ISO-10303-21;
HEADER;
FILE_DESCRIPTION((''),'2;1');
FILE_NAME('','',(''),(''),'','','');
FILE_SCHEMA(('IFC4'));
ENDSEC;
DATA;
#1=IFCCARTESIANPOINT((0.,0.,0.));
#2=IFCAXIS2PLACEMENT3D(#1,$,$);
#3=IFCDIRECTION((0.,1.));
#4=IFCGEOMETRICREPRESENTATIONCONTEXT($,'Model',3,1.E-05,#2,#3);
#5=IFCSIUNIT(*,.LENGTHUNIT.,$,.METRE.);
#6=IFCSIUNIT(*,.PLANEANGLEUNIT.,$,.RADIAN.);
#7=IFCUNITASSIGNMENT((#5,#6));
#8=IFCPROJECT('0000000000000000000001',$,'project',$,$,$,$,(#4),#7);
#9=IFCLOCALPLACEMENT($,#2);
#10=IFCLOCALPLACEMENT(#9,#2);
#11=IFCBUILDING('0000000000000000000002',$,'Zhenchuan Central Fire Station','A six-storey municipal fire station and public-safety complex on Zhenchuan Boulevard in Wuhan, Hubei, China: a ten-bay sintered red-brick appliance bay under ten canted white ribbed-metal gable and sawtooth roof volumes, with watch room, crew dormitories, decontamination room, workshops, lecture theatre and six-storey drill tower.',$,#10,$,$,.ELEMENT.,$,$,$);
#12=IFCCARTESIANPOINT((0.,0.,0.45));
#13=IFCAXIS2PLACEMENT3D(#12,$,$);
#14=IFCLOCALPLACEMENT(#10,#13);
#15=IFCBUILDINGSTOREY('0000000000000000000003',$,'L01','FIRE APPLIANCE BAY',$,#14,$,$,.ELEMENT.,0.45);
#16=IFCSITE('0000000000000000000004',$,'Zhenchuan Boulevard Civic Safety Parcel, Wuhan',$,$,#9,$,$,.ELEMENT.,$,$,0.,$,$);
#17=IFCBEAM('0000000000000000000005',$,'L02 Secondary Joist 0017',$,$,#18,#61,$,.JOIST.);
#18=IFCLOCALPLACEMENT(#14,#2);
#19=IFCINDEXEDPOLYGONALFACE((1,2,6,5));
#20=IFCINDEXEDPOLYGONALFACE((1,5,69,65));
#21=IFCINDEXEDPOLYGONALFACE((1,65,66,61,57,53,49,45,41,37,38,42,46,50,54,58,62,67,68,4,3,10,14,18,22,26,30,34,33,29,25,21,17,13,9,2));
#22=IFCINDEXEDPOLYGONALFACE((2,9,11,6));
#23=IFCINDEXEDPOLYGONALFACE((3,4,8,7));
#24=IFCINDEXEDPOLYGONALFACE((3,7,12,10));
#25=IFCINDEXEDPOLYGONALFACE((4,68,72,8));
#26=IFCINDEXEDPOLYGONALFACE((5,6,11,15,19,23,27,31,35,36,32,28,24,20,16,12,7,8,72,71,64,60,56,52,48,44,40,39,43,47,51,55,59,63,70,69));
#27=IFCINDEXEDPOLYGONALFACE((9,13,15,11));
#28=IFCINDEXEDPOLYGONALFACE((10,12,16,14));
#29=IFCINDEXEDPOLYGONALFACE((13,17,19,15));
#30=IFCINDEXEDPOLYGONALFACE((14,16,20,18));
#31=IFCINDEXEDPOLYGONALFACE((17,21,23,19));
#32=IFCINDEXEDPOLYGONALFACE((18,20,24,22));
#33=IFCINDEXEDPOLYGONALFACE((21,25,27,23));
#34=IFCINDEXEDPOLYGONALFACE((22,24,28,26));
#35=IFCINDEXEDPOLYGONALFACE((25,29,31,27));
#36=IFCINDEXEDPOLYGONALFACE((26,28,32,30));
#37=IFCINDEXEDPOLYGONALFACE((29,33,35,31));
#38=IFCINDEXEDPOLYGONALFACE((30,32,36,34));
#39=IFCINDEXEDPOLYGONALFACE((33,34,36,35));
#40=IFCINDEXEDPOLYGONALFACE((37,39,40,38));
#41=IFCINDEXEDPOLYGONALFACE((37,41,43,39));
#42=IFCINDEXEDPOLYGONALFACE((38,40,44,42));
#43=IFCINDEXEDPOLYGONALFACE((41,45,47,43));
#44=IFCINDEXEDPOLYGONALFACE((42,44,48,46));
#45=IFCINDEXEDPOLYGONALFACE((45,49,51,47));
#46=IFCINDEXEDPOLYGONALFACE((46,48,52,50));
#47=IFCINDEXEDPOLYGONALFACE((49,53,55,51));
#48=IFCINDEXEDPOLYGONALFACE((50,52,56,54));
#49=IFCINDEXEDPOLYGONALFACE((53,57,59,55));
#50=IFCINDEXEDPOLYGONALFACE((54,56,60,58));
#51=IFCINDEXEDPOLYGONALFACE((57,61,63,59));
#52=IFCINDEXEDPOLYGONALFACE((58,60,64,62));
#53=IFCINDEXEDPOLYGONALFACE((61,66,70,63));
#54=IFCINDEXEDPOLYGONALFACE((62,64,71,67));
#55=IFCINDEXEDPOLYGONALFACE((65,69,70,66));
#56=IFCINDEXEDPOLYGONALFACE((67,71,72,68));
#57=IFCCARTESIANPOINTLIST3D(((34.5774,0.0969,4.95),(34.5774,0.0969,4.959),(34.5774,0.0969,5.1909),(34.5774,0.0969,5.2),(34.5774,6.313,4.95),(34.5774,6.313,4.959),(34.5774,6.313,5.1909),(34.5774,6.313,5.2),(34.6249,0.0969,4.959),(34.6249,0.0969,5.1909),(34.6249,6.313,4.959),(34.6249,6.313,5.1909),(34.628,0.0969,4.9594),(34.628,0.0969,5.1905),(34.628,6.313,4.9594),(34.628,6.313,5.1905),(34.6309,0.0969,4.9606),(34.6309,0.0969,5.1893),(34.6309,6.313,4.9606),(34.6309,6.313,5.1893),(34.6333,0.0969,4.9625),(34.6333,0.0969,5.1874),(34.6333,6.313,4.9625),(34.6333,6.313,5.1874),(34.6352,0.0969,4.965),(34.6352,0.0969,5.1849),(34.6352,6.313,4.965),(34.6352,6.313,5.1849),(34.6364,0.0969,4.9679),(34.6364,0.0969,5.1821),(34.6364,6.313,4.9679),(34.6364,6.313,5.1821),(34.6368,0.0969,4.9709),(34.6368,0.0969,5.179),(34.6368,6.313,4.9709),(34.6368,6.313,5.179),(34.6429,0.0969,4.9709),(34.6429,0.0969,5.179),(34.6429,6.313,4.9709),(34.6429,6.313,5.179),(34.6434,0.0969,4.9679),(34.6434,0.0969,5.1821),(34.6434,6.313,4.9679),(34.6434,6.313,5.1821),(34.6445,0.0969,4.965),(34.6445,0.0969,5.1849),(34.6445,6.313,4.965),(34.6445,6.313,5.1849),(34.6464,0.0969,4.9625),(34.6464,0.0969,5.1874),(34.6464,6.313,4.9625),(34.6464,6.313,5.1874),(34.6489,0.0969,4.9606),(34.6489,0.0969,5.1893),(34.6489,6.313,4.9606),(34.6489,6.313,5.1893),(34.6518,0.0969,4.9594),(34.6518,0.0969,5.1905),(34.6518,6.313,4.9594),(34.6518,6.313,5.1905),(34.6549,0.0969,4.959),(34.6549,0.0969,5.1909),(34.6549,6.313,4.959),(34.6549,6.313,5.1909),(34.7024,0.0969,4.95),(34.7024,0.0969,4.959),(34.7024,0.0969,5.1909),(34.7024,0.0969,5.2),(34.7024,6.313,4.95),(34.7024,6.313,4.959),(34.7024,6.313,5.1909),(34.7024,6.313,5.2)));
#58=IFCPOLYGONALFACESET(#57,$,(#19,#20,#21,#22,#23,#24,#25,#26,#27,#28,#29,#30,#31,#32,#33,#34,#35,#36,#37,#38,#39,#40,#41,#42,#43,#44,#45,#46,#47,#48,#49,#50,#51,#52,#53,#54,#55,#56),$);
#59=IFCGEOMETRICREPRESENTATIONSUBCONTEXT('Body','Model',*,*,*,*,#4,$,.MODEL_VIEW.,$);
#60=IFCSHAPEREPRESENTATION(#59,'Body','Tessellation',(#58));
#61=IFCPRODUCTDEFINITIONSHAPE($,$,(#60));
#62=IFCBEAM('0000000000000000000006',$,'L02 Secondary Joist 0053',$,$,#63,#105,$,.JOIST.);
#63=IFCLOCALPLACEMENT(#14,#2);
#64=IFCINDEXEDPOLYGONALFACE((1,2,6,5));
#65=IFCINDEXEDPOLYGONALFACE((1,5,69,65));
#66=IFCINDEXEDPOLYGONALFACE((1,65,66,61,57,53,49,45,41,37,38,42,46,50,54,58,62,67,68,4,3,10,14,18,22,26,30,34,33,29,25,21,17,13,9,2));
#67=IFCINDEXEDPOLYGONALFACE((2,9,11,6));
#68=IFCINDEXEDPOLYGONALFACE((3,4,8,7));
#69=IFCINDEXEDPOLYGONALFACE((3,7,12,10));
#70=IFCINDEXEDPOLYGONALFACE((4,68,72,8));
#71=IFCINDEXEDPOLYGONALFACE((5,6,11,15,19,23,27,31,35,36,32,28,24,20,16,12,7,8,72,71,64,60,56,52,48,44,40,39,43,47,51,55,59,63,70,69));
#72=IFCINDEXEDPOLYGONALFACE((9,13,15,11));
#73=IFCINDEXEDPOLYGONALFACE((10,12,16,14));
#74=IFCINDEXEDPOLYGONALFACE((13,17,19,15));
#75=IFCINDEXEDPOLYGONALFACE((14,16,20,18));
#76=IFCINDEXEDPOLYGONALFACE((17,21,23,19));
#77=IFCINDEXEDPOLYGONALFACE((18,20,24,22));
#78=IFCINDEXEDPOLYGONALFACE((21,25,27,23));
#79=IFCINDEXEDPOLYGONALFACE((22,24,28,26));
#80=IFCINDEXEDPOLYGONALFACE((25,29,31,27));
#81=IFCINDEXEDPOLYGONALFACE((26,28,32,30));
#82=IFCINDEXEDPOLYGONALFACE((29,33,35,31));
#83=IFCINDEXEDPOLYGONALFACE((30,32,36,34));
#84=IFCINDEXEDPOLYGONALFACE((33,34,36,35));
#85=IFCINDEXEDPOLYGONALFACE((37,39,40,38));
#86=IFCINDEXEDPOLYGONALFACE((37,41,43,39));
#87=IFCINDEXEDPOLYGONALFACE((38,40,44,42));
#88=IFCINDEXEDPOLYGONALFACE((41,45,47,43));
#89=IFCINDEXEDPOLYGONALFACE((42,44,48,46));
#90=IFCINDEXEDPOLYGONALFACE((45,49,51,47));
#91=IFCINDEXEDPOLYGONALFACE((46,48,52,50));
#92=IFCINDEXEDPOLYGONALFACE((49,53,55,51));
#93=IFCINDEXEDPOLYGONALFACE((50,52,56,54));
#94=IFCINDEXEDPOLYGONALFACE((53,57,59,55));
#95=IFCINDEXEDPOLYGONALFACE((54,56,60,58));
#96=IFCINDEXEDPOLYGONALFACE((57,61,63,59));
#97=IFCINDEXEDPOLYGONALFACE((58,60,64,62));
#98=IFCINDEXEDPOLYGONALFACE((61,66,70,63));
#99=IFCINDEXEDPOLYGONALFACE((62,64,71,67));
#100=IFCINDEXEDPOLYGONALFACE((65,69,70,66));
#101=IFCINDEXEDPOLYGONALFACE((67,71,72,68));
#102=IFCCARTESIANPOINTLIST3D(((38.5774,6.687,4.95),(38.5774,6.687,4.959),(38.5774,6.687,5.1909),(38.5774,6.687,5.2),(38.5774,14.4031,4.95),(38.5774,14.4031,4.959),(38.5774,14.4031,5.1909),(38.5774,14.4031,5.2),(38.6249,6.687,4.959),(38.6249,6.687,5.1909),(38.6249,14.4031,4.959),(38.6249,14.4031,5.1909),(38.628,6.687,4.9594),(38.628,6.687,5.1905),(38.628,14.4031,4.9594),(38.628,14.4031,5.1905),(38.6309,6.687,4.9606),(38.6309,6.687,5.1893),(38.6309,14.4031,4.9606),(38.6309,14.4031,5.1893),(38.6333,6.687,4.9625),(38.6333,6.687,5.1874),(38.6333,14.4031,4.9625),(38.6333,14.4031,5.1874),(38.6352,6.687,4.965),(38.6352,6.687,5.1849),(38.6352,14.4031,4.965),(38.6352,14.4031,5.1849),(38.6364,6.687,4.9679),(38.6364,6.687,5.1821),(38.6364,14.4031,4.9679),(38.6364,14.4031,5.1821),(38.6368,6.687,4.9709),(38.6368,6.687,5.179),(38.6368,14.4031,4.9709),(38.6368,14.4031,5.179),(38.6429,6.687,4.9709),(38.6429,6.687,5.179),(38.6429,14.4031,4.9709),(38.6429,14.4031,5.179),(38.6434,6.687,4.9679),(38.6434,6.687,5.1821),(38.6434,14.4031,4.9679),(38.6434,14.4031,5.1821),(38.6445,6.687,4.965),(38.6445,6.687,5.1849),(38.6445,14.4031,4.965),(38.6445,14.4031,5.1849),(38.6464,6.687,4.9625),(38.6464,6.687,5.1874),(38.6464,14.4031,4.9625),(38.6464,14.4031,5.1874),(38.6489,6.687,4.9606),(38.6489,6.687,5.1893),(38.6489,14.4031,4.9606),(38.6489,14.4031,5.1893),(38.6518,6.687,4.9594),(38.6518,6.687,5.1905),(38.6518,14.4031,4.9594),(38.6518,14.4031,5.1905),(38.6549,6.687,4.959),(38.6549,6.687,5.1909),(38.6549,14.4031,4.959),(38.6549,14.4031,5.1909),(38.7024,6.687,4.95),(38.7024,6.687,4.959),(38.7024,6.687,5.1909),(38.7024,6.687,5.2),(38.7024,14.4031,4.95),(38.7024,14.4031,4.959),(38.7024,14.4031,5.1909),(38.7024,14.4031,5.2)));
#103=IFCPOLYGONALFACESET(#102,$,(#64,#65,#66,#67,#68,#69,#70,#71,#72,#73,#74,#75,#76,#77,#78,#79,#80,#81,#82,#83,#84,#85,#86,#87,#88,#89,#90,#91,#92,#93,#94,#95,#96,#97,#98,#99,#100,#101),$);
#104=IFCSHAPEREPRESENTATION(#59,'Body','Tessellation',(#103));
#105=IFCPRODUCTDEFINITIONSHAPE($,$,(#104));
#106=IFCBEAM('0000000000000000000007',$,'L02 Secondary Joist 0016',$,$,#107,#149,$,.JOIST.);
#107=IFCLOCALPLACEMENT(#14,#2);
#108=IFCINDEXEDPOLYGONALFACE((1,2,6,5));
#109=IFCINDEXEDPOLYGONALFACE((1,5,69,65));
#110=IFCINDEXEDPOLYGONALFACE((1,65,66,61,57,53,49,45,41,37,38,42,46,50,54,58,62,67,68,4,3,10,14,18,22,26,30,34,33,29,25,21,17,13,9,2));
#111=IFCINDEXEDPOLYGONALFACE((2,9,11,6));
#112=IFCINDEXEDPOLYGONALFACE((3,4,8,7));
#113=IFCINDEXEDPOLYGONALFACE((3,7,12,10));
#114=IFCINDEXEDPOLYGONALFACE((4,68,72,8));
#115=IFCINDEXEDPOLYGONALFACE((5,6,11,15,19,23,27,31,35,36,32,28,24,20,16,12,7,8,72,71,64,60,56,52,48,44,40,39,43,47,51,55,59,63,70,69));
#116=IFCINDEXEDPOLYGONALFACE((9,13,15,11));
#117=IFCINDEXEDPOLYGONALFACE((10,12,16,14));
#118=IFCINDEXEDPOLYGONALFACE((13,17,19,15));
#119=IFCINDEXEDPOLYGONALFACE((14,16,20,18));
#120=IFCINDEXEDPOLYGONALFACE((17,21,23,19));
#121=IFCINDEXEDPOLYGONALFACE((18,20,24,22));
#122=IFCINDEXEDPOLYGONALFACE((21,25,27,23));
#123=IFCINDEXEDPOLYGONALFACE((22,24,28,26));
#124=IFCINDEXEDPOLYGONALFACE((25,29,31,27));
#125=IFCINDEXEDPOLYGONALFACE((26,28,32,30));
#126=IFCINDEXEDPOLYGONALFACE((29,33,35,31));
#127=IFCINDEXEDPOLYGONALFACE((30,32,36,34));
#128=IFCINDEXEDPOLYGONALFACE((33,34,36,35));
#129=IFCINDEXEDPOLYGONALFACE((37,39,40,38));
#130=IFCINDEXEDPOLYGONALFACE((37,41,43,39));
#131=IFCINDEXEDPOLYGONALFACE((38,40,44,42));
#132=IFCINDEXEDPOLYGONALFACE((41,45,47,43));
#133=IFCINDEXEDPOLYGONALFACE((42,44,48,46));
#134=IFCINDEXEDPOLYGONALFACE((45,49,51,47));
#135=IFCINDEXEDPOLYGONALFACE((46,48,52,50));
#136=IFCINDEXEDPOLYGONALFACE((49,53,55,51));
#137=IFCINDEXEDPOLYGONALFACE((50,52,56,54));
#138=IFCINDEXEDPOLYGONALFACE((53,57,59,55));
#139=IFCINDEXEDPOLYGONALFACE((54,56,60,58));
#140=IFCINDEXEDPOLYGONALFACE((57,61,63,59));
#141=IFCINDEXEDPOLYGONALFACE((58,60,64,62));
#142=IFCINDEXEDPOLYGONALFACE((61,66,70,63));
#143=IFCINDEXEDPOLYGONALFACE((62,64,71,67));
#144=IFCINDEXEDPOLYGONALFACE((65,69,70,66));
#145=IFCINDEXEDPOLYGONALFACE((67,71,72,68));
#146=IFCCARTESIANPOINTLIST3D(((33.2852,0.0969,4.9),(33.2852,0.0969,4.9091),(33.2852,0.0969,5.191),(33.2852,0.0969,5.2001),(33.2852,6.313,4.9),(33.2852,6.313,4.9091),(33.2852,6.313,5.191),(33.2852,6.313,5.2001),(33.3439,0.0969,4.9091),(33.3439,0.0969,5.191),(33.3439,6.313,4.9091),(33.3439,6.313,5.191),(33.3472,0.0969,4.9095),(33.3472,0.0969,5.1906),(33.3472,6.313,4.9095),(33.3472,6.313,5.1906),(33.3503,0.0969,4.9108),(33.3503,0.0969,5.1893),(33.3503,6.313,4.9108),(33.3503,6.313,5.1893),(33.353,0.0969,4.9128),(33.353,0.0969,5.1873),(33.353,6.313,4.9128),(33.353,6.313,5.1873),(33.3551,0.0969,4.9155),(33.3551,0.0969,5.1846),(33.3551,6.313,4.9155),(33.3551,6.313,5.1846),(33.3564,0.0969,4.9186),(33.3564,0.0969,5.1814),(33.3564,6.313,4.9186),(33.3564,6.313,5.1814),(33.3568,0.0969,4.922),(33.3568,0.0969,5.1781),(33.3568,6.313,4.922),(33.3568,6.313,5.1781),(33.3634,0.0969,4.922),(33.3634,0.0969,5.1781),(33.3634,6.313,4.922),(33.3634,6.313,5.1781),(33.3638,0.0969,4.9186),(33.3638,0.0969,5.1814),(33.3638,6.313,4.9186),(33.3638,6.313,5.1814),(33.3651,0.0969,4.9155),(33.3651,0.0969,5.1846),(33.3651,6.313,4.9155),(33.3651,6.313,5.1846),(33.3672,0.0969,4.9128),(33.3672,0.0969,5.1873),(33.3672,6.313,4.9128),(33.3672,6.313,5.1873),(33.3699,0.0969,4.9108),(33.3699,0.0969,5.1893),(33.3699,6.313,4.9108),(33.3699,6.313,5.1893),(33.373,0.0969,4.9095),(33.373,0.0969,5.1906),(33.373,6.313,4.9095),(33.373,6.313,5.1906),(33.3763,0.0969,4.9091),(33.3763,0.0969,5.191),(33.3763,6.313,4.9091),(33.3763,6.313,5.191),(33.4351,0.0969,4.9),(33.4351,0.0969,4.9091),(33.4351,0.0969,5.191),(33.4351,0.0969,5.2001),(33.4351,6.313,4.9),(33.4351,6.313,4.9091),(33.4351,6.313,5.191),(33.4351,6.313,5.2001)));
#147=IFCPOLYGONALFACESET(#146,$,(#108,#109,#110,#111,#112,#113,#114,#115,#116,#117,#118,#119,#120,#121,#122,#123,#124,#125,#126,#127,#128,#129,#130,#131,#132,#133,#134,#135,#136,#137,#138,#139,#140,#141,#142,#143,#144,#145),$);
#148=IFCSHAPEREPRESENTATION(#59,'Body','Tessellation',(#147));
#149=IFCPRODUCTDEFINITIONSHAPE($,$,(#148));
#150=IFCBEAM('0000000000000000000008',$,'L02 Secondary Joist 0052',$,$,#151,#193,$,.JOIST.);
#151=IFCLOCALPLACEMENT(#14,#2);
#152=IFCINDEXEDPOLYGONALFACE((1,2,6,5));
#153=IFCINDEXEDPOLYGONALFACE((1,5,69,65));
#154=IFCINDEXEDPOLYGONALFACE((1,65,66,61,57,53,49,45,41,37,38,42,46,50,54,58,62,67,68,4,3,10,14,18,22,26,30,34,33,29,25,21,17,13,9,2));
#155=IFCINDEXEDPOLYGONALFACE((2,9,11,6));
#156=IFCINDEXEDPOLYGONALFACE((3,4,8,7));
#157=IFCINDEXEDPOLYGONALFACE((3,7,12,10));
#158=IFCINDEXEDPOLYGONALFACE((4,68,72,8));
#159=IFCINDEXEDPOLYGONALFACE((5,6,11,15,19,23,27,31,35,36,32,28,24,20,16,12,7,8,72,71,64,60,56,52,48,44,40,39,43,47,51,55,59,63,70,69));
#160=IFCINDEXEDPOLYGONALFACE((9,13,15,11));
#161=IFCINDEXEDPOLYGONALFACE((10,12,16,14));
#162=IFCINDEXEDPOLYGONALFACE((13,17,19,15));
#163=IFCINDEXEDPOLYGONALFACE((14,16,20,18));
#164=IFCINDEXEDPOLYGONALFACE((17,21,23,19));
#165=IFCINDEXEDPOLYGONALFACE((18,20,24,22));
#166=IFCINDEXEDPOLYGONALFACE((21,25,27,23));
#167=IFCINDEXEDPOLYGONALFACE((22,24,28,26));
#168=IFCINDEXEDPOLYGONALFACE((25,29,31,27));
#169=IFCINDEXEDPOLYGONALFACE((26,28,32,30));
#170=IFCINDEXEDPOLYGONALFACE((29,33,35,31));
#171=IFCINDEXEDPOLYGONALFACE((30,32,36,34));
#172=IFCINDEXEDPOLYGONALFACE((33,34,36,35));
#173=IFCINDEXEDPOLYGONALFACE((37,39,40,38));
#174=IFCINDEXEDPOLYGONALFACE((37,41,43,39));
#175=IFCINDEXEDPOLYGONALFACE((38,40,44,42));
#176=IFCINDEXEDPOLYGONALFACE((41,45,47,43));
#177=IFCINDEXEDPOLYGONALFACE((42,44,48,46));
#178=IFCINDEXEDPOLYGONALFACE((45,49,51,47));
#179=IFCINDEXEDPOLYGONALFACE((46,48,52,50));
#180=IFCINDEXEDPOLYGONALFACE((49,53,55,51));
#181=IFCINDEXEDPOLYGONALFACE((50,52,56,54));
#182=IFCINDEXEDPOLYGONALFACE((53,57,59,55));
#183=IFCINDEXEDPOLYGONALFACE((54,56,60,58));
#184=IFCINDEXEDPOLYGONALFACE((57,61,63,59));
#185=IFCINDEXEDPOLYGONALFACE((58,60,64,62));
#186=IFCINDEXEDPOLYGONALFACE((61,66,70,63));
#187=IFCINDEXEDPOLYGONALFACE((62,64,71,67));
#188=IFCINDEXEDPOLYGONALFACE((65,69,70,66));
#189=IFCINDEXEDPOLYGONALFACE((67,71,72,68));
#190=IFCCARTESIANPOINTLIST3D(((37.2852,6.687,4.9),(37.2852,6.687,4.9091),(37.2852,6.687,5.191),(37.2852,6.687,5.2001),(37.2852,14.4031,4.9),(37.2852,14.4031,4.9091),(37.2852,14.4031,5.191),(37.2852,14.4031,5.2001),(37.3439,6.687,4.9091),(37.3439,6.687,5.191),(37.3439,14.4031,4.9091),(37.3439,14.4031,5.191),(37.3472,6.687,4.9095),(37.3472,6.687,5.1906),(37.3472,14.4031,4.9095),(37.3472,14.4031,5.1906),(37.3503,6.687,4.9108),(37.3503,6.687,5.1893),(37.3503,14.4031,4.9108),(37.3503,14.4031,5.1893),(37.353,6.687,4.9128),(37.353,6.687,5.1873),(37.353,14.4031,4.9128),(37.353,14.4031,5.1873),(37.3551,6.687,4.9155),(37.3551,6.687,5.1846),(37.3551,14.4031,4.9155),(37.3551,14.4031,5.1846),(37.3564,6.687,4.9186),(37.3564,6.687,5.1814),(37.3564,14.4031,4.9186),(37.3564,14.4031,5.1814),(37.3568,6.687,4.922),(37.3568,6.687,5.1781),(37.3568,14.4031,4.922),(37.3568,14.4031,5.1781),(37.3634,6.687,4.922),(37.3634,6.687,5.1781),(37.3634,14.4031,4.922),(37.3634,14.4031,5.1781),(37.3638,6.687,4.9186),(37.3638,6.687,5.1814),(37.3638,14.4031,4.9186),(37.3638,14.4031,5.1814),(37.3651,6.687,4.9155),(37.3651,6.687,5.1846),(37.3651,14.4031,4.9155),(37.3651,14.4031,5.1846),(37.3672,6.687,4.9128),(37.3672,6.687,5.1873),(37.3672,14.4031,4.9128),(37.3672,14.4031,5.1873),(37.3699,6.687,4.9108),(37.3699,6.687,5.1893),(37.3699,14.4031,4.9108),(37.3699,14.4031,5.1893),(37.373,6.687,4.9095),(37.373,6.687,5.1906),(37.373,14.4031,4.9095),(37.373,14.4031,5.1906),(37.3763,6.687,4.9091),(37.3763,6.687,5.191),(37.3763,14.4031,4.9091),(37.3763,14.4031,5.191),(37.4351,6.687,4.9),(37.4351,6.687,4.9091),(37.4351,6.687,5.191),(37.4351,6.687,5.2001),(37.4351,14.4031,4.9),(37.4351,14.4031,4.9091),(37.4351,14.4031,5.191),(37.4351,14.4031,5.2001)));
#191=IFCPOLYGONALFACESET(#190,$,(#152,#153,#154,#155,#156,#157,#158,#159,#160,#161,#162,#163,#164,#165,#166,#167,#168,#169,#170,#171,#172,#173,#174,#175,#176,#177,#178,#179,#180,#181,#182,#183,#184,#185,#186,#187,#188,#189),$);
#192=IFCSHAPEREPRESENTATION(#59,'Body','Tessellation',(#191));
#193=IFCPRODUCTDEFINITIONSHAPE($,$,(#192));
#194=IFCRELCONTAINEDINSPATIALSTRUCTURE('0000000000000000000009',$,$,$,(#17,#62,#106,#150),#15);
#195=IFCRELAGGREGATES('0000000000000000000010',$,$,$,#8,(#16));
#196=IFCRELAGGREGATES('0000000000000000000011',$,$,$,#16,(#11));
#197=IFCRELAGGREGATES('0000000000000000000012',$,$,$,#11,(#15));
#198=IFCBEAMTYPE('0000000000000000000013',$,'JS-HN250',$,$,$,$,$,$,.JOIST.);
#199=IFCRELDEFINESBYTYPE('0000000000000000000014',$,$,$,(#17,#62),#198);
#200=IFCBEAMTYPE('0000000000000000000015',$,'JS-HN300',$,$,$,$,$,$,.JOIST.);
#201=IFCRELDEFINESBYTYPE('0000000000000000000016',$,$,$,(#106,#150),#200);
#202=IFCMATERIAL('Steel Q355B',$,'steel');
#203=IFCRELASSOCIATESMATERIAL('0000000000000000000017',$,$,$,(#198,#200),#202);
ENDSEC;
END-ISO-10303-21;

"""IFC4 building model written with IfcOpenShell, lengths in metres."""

from ifc_helpers import new_model, si_unit, direction, frame, origin, origin_2d, place, context, subcontext, project, spatial, i_section, extrude, material, material_profile, profile_set, type_object, element, save


model = new_model("IFC4")

# Units and contexts
model_context = context("Model", 3, precision=1e-05, world=origin(), true_north=direction((0.0, 1.0)))
body_context = subcontext(model_context, "Body", "Model", "MODEL_VIEW")
ifc_project = project(units=[si_unit("LENGTHUNIT", "METRE"), si_unit("PLANEANGLEUNIT", "RADIAN")], contexts=[model_context])

# Site, building, storey
site_placement = place(None, origin())
site = spatial("IfcSite", under=ifc_project, at=site_placement, Name="Zhenchuan Boulevard Civic Safety Parcel, Wuhan", CompositionType="ELEMENT", RefElevation=0.0)
building_placement = place(site_placement, origin())
building = spatial("IfcBuilding", under=site, at=building_placement, Name="Zhenchuan Central Fire Station", Description="A six-storey municipal fire station and public-safety complex on Zhenchuan Boulevard in Wuhan, Hubei, China: a ten-bay sintered red-brick appliance bay under ten canted white ribbed-metal gable and sawtooth roof volumes, with watch room, crew dormitories, decontamination room, workshops, lecture theatre and six-storey drill tower.", CompositionType="ELEMENT")
storey_placement = place(building_placement, frame((0.0, 0.0, 0.45)))
storey = spatial("IfcBuildingStorey", under=building, at=storey_placement, Name="L01", Description="FIRE APPLIANCE BAY", CompositionType="ELEMENT", Elevation=0.45)

# Shared definitions
ifc_material_1 = material(Name="Steel Q355B", Category="steel")

# Beams
ifc_material_profile_1 = material_profile(ifc_material_1, i_section(OverallWidth=0.125, OverallDepth=0.25, WebThickness=0.0061, FlangeThickness=0.009, FilletRadius=0.012, at=origin_2d()), Name="HN 250x125")
ifc_profile_set_1 = profile_set([ifc_material_profile_1], Name="Steel Q355B")
beam_type_1 = type_object("IfcBeamType", Name="JS-HN250", PredefinedType="JOIST", material=ifc_profile_set_1)
beam_1_placement = place(storey_placement, frame((34.6399, 0.0969, 5.075), z_axis=(0.0, 1.0, 0.0), x_axis=(-1.0, 0.0, 0.0)))
element("IfcBeam", 1, at=beam_1_placement, inside=storey, type_object=beam_type_1, Name="L02 Secondary Joist 0017", PredefinedType="JOIST", context=body_context, shape_type="SweptSolid", body=[
    extrude(i_section(OverallWidth=0.125, OverallDepth=0.25, WebThickness=0.0061, FlangeThickness=0.009, FilletRadius=0.012, at=origin_2d()), origin(), (0.0, 0.0, 1.0), 6.2161),
])
beam_2_placement = place(storey_placement, frame((38.6399, 6.687, 5.075), z_axis=(0.0, 1.0, 0.0), x_axis=(-1.0, 0.0, 0.0)))
element("IfcBeam", 2, at=beam_2_placement, inside=storey, type_object=beam_type_1, Name="L02 Secondary Joist 0053", PredefinedType="JOIST", context=body_context, shape_type="SweptSolid", body=[
    extrude(i_section(OverallWidth=0.125, OverallDepth=0.25, WebThickness=0.0061, FlangeThickness=0.009, FilletRadius=0.012, at=origin_2d()), origin(), (0.0, 0.0, 1.0), 7.7161),
])
ifc_material_profile_2 = material_profile(ifc_material_1, i_section(OverallWidth=0.1499, OverallDepth=0.3, WebThickness=0.0066, FlangeThickness=0.009, FilletRadius=0.0129, at=origin_2d()), Name="HN 300x150")
ifc_profile_set_2 = profile_set([ifc_material_profile_2], Name="Steel Q355B")
beam_type_2 = type_object("IfcBeamType", Name="JS-HN300", PredefinedType="JOIST", material=ifc_profile_set_2)
beam_3_placement = place(storey_placement, frame((33.3601, 0.0969, 5.05), z_axis=(0.0, 1.0, 0.0), x_axis=(-1.0, 0.0, 0.0)))
element("IfcBeam", 3, at=beam_3_placement, inside=storey, type_object=beam_type_2, Name="L02 Secondary Joist 0016", PredefinedType="JOIST", context=body_context, shape_type="SweptSolid", body=[
    extrude(i_section(OverallWidth=0.1499, OverallDepth=0.3, WebThickness=0.0066, FlangeThickness=0.009, FilletRadius=0.0129, at=origin_2d()), origin(), (0.0, 0.0, 1.0), 6.2161),
])
beam_4_placement = place(storey_placement, frame((37.3601, 6.687, 5.05), z_axis=(0.0, 1.0, 0.0), x_axis=(-1.0, 0.0, 0.0)))
element("IfcBeam", 4, at=beam_4_placement, inside=storey, type_object=beam_type_2, Name="L02 Secondary Joist 0052", PredefinedType="JOIST", context=body_context, shape_type="SweptSolid", body=[
    extrude(i_section(OverallWidth=0.1499, OverallDepth=0.3, WebThickness=0.0066, FlangeThickness=0.009, FilletRadius=0.0129, at=origin_2d()), origin(), (0.0, 0.0, 1.0), 7.7161),
])

save(model, "model.ifc")
